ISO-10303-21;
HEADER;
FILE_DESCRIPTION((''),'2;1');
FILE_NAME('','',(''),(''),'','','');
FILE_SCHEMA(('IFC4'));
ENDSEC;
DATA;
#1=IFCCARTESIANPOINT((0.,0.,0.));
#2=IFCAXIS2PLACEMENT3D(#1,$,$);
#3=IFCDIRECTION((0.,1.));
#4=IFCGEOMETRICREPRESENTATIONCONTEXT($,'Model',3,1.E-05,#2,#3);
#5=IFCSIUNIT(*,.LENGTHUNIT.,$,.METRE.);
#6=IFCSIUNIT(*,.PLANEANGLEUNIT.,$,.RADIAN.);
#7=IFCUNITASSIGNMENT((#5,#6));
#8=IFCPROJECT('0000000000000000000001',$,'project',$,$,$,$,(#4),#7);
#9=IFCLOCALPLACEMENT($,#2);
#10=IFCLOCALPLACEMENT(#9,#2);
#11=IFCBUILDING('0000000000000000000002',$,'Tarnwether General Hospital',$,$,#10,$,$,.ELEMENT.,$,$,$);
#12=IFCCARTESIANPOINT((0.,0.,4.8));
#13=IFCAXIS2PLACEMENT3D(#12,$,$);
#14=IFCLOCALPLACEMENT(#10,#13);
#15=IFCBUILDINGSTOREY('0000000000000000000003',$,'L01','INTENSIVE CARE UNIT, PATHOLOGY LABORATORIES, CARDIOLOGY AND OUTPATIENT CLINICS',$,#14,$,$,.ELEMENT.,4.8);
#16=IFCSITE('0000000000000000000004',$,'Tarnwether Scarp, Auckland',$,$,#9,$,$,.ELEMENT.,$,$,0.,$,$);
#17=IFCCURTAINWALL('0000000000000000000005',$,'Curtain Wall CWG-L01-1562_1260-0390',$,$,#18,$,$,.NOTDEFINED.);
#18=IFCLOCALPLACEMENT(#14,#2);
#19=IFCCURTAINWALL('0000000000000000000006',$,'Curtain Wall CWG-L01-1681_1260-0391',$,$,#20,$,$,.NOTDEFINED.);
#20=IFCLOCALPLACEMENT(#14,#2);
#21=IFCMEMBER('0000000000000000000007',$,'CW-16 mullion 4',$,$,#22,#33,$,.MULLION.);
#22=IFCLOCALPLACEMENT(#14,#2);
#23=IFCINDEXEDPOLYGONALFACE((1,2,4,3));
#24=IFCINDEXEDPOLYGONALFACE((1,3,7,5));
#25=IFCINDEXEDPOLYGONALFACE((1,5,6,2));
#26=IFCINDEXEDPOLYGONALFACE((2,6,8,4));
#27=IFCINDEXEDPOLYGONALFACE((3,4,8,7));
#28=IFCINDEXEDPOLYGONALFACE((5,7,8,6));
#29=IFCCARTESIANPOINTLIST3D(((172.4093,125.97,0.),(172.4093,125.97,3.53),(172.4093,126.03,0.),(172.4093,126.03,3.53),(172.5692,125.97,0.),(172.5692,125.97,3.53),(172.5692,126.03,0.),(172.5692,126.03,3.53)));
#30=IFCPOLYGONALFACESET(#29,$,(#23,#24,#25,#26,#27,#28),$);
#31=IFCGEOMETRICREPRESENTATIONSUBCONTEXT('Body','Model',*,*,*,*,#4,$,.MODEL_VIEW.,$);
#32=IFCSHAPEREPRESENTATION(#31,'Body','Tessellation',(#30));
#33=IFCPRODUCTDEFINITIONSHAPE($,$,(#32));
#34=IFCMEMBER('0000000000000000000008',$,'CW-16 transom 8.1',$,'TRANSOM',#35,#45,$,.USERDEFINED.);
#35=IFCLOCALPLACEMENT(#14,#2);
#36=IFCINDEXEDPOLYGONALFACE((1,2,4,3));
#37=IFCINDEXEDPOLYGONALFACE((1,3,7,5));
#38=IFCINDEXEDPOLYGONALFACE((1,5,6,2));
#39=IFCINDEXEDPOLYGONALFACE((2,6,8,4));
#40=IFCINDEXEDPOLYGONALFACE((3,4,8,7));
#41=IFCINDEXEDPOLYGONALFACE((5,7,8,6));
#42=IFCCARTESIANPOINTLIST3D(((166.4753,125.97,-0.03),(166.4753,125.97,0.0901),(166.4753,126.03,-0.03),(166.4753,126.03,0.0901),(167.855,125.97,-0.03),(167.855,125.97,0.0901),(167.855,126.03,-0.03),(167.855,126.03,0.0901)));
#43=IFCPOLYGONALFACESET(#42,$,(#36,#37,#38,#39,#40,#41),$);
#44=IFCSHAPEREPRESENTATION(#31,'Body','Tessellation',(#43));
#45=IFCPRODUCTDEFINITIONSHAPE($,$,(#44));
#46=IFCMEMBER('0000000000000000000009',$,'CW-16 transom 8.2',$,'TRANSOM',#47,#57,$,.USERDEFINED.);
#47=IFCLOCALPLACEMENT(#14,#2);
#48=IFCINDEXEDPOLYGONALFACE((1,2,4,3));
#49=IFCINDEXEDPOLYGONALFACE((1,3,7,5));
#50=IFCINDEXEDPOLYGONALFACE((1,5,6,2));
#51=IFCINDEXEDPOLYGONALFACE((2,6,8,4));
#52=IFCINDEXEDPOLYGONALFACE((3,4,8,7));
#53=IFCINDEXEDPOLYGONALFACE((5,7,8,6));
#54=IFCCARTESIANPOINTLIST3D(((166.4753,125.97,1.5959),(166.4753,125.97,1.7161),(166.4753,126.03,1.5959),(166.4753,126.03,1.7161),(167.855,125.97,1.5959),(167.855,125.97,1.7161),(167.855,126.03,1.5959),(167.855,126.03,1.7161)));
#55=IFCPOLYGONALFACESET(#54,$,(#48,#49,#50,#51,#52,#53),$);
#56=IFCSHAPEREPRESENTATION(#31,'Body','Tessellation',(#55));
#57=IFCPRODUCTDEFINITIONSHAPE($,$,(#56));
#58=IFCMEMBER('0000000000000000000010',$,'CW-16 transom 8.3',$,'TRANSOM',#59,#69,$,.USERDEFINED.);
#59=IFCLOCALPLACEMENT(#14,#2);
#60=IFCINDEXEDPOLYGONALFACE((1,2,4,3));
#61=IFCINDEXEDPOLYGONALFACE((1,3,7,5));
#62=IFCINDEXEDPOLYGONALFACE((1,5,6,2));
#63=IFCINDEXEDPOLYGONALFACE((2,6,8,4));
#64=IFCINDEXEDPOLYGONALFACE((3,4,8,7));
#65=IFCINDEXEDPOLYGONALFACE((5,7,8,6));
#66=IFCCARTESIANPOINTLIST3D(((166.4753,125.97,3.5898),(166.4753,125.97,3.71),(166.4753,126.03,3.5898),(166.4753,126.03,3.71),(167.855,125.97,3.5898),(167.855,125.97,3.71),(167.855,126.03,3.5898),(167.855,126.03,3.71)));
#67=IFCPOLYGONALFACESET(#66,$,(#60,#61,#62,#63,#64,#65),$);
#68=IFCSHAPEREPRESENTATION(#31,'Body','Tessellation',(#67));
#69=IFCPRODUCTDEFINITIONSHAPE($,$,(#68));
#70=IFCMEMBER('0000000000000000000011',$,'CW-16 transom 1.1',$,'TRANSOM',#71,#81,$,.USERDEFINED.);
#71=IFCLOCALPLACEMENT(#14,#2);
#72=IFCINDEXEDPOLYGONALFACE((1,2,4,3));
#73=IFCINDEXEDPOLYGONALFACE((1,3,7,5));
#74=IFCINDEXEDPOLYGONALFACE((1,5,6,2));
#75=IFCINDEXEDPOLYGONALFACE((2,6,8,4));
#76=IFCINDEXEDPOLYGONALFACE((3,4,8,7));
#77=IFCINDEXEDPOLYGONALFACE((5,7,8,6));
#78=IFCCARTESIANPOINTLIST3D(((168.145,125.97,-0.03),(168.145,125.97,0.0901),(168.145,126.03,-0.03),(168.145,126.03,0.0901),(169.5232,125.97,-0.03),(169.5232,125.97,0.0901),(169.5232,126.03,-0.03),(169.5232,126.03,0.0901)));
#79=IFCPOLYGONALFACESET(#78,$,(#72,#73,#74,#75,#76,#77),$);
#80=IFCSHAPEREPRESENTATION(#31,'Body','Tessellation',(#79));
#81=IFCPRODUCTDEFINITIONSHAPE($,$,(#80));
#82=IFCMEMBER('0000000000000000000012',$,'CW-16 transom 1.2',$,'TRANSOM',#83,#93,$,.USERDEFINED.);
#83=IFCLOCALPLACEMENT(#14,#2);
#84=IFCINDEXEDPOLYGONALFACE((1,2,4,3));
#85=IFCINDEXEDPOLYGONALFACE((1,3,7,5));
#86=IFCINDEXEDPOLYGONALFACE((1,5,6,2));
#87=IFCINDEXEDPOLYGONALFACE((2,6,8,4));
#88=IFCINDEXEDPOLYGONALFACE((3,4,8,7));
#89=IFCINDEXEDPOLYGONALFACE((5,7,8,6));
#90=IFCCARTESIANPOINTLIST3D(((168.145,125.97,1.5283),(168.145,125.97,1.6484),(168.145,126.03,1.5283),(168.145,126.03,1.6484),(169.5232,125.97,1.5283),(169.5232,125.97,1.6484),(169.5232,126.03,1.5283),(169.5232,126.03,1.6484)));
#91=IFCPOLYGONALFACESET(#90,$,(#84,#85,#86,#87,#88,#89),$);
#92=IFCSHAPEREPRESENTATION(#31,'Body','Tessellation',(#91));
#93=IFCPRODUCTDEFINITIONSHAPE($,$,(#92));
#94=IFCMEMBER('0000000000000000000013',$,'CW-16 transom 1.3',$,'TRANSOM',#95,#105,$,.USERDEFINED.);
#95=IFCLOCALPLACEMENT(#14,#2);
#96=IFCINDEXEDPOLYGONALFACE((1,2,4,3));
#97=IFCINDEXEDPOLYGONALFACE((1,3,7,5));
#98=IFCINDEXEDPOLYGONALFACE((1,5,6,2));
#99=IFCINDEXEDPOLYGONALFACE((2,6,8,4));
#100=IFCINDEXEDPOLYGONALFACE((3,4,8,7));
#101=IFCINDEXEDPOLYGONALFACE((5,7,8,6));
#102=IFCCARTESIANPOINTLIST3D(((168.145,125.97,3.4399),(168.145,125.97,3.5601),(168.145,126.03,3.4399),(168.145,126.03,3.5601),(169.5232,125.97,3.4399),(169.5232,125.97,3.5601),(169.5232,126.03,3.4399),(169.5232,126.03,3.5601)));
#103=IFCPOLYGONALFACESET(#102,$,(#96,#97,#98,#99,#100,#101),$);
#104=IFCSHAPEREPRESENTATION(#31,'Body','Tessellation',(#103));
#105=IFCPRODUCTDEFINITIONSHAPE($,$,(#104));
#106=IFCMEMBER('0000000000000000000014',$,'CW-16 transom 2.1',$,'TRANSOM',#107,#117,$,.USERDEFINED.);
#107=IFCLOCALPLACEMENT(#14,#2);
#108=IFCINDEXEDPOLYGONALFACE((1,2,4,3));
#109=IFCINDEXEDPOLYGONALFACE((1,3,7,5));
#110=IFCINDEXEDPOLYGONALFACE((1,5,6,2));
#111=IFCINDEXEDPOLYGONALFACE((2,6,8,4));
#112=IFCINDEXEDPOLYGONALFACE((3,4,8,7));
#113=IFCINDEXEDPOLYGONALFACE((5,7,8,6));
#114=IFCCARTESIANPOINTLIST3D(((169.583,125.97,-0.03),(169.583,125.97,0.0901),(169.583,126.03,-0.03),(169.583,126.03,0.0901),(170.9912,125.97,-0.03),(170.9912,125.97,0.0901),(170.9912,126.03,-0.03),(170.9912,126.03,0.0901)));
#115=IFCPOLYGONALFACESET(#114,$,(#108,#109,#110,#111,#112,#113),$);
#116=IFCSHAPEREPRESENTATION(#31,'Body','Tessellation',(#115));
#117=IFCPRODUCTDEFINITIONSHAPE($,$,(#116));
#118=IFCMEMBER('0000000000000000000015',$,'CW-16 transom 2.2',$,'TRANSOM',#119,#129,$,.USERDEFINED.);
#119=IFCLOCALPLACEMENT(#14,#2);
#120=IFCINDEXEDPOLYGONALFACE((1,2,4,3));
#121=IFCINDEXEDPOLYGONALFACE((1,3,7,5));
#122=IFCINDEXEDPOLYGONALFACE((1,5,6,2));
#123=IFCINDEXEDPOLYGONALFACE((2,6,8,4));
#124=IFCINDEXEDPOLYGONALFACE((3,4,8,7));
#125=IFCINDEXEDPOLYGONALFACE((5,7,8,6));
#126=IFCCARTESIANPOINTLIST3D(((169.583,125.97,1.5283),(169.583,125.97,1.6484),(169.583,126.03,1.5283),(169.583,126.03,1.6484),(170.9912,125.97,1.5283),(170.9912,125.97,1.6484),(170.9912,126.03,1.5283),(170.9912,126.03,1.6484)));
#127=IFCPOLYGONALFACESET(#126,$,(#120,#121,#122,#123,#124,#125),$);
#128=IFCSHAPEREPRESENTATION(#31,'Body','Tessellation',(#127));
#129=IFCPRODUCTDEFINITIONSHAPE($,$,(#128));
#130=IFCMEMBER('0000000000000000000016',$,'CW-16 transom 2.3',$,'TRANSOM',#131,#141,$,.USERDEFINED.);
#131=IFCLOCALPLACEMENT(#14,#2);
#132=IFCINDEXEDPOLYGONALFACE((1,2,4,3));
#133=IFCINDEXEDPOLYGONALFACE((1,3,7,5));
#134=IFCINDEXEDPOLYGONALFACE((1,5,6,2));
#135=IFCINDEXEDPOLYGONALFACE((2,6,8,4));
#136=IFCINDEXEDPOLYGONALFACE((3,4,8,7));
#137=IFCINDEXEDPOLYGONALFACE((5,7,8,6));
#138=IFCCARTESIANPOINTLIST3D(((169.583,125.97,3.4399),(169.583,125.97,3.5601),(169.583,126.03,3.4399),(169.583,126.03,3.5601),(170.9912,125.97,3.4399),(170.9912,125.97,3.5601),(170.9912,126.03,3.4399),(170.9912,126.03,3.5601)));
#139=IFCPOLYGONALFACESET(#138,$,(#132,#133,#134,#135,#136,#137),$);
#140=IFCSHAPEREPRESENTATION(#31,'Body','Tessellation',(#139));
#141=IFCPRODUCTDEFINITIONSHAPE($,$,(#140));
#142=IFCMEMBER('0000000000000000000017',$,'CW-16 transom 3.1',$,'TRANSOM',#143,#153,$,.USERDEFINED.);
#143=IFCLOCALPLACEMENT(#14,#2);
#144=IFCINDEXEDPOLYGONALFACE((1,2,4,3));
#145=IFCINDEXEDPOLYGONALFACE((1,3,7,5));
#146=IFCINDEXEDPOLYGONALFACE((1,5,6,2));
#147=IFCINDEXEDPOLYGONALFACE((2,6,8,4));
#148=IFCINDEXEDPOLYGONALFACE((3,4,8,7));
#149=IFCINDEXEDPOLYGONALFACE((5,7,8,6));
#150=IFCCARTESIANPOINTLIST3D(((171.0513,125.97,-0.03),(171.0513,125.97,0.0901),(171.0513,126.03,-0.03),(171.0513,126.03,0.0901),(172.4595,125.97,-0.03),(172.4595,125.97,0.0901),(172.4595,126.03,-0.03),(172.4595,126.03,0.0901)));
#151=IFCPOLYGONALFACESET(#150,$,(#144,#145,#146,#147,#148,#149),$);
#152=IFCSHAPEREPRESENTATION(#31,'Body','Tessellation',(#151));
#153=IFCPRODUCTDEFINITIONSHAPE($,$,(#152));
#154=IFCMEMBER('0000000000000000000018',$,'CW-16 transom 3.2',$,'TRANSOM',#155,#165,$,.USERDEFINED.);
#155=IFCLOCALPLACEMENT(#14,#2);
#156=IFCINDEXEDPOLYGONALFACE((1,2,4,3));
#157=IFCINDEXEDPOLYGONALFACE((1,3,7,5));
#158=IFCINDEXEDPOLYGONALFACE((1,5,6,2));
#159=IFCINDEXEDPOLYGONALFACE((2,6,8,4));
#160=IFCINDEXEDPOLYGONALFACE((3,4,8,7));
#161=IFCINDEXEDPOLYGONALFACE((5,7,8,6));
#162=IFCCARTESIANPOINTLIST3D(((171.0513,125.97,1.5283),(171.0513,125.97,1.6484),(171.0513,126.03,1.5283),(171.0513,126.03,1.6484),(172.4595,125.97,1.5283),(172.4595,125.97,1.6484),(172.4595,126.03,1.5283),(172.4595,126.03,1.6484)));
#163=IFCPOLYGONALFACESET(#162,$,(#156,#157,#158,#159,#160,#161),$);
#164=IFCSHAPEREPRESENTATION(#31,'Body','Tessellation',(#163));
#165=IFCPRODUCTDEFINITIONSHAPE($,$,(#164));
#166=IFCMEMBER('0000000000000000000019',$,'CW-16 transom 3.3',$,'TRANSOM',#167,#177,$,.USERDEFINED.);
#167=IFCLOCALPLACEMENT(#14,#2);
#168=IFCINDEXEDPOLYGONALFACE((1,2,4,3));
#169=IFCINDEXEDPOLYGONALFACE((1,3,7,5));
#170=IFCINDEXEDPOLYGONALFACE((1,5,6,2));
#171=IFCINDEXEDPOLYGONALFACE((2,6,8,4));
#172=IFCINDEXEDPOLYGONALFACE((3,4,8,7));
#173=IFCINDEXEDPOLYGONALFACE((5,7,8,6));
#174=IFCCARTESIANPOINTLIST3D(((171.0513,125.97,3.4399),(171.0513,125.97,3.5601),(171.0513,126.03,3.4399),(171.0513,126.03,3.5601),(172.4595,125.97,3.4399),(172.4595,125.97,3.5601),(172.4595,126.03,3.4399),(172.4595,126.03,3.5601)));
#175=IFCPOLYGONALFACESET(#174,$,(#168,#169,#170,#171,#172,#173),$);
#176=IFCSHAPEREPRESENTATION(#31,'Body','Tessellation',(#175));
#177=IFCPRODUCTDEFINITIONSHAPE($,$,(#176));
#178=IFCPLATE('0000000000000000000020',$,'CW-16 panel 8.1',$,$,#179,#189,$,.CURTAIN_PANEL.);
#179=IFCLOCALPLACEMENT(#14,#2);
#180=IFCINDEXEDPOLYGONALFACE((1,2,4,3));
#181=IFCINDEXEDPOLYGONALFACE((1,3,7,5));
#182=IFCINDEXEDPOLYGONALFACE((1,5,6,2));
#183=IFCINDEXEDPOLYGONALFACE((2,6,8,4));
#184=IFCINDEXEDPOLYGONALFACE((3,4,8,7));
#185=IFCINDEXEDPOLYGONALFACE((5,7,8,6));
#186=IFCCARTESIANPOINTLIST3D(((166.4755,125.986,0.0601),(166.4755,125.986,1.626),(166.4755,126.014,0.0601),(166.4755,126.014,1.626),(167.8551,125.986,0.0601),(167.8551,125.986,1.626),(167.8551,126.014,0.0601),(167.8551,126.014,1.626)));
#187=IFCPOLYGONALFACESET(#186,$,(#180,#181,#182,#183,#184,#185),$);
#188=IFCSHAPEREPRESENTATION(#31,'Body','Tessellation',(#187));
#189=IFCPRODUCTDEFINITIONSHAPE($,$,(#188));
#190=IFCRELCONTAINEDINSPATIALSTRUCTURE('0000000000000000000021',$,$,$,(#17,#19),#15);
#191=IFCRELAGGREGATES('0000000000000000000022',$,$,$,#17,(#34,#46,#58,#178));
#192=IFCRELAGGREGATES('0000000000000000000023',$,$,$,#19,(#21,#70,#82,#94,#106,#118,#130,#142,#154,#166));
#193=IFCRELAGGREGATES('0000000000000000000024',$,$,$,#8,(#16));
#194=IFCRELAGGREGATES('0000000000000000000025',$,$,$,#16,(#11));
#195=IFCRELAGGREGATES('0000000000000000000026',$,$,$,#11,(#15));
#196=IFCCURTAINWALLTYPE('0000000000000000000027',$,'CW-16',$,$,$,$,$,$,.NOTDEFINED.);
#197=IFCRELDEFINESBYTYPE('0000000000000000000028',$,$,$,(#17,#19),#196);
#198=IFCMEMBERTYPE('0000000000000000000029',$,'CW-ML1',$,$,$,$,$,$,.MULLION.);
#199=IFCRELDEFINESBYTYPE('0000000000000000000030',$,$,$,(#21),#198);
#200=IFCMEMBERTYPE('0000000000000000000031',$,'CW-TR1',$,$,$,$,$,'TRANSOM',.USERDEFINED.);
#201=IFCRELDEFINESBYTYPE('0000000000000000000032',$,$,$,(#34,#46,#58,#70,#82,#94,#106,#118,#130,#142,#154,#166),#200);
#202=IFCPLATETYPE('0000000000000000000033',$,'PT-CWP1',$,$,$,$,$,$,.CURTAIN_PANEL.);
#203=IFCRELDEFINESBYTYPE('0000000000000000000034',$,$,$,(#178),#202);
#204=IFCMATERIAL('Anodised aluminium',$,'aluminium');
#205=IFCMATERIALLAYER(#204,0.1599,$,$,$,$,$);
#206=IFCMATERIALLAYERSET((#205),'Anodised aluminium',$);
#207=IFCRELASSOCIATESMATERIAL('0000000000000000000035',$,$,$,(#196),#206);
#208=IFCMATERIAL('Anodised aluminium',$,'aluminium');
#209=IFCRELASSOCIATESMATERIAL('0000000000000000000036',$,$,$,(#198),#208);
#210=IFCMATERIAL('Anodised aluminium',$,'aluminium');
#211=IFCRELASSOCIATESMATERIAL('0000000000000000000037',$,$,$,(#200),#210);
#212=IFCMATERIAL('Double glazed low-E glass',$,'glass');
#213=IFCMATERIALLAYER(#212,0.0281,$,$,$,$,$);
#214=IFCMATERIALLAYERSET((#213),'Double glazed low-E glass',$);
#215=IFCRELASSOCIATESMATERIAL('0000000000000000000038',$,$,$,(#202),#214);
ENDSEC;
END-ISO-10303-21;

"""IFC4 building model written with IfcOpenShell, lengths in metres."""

from ifc_helpers import new_model, si_unit, direction, frame, origin, origin_2d, place, context, subcontext, project, spatial, rectangle, extrude, material, layer, layer_set, material_profile, profile_set, type_object, element, aggregate, save


model = new_model("IFC4")

# Units and contexts
model_context = context("Model", 3, precision=1e-05, world=origin(), true_north=direction((0.0, 1.0)))
body_context = subcontext(model_context, "Body", "Model", "MODEL_VIEW")
ifc_project = project(units=[si_unit("LENGTHUNIT", "METRE"), si_unit("PLANEANGLEUNIT", "RADIAN")], contexts=[model_context])

# Site, building, storey
site_placement = place(None, origin())
site = spatial("IfcSite", under=ifc_project, at=site_placement, Name="Tarnwether Scarp, Auckland", CompositionType="ELEMENT", RefElevation=0.0)
building_placement = place(site_placement, origin())
building = spatial("IfcBuilding", under=site, at=building_placement, Name="Tarnwether General Hospital", CompositionType="ELEMENT")
storey_placement = place(building_placement, frame((0.0, 0.0, 4.8)))
storey = spatial("IfcBuildingStorey", under=building, at=storey_placement, Name="L01", Description="INTENSIVE CARE UNIT, PATHOLOGY LABORATORIES, CARDIOLOGY AND OUTPATIENT CLINICS", CompositionType="ELEMENT", Elevation=4.8)

# Curtain walls, member
ifc_material_1 = material(Name="Anodised aluminium", Category="aluminium")
ifc_layer_1 = layer(ifc_material_1, 0.1599)
ifc_layer_set_1 = layer_set([ifc_layer_1], Name="Anodised aluminium")
curtain_wall_type = type_object("IfcCurtainWallType", Name="CW-16", PredefinedType="NOTDEFINED", material=ifc_layer_set_1)
curtain_wall_1_placement = place(storey_placement, origin())
curtain_wall_1 = element("IfcCurtainWall", 1, at=curtain_wall_1_placement, inside=storey, type_object=curtain_wall_type, Name="Curtain Wall CWG-L01-1562_1260-0390", PredefinedType="NOTDEFINED")
ifc_material_2 = material(Name="Anodised aluminium", Category="aluminium")
ifc_material_profile_1 = material_profile(ifc_material_2, rectangle(XDim=0.0601, YDim=0.1599, at=origin_2d()), Name="ALU-MUL-60x160")
ifc_profile_set_1 = profile_set([ifc_material_profile_1], Name="Anodised aluminium")
member_type_1 = type_object("IfcMemberType", Name="CW-ML1", PredefinedType="MULLION", material=ifc_profile_set_1)
curtain_wall_2_placement = place(storey_placement, origin())
curtain_wall_2 = element("IfcCurtainWall", 2, at=curtain_wall_2_placement, inside=storey, type_object=curtain_wall_type, Name="Curtain Wall CWG-L01-1681_1260-0391", PredefinedType="NOTDEFINED")
member_1_placement = place(storey_placement, frame((172.4893, 126.0, 0.0), z_axis=(0.0, 0.0, 1.0), x_axis=(0.0, 1.0, 0.0)))
member_1 = element("IfcMember", 3, at=member_1_placement, type_object=member_type_1, Name="CW-16 mullion 4", PredefinedType="MULLION", context=body_context, shape_type="SweptSolid", body=[
    extrude(rectangle(XDim=0.0601, YDim=0.1599, at=origin_2d()), origin(), (0.0, 0.0, 1.0), 3.53),
])

# Members
ifc_material_3 = material(Name="Anodised aluminium", Category="aluminium")
ifc_material_profile_2 = material_profile(ifc_material_3, rectangle(XDim=0.0601, YDim=0.1201, at=origin_2d()), Name="ALU-TRN-60x120")
ifc_profile_set_2 = profile_set([ifc_material_profile_2], Name="Anodised aluminium")
member_type_2 = type_object("IfcMemberType", Name="CW-TR1", ElementType="TRANSOM", PredefinedType="USERDEFINED", material=ifc_profile_set_2)
member_2_placement = place(storey_placement, frame((166.4753, 126.0, 0.03), z_axis=(1.0, 0.0, 0.0), x_axis=(0.0, 1.0, 0.0)))
member_2 = element("IfcMember", 4, at=member_2_placement, type_object=member_type_2, Name="CW-16 transom 8.1", ObjectType="TRANSOM", PredefinedType="USERDEFINED", context=body_context, shape_type="SweptSolid", body=[
    extrude(rectangle(XDim=0.0601, YDim=0.1201, at=origin_2d()), origin(), (0.0, 0.0, 1.0), 1.3796),
])
member_3_placement = place(storey_placement, frame((166.4753, 126.0, 1.656), z_axis=(1.0, 0.0, 0.0), x_axis=(0.0, 1.0, 0.0)))
member_3 = element("IfcMember", 5, at=member_3_placement, type_object=member_type_2, Name="CW-16 transom 8.2", ObjectType="TRANSOM", PredefinedType="USERDEFINED", context=body_context, shape_type="SweptSolid", body=[
    extrude(rectangle(XDim=0.0601, YDim=0.1201, at=origin_2d()), origin(), (0.0, 0.0, 1.0), 1.3796),
])
member_4_placement = place(storey_placement, frame((166.4753, 126.0, 3.6499), z_axis=(1.0, 0.0, 0.0), x_axis=(0.0, 1.0, 0.0)))
member_4 = element("IfcMember", 6, at=member_4_placement, type_object=member_type_2, Name="CW-16 transom 8.3", ObjectType="TRANSOM", PredefinedType="USERDEFINED", context=body_context, shape_type="SweptSolid", body=[
    extrude(rectangle(XDim=0.0601, YDim=0.1201, at=origin_2d()), origin(), (0.0, 0.0, 1.0), 1.3796),
])
member_5_placement = place(storey_placement, frame((168.145, 126.0, 0.03), z_axis=(1.0, 0.0, 0.0), x_axis=(0.0, 1.0, 0.0)))
member_5 = element("IfcMember", 7, at=member_5_placement, type_object=member_type_2, Name="CW-16 transom 1.1", ObjectType="TRANSOM", PredefinedType="USERDEFINED", context=body_context, shape_type="SweptSolid", body=[
    extrude(rectangle(XDim=0.0601, YDim=0.1201, at=origin_2d()), origin(), (0.0, 0.0, 1.0), 1.3782),
])
member_6_placement = place(storey_placement, frame((168.145, 126.0, 1.5884), z_axis=(1.0, 0.0, 0.0), x_axis=(0.0, 1.0, 0.0)))
member_6 = element("IfcMember", 8, at=member_6_placement, type_object=member_type_2, Name="CW-16 transom 1.2", ObjectType="TRANSOM", PredefinedType="USERDEFINED", context=body_context, shape_type="SweptSolid", body=[
    extrude(rectangle(XDim=0.0601, YDim=0.1201, at=origin_2d()), origin(), (0.0, 0.0, 1.0), 1.3782),
])
member_7_placement = place(storey_placement, frame((168.145, 126.0, 3.5), z_axis=(1.0, 0.0, 0.0), x_axis=(0.0, 1.0, 0.0)))
member_7 = element("IfcMember", 9, at=member_7_placement, type_object=member_type_2, Name="CW-16 transom 1.3", ObjectType="TRANSOM", PredefinedType="USERDEFINED", context=body_context, shape_type="SweptSolid", body=[
    extrude(rectangle(XDim=0.0601, YDim=0.1201, at=origin_2d()), origin(), (0.0, 0.0, 1.0), 1.3782),
])
member_8_placement = place(storey_placement, frame((169.583, 126.0, 0.03), z_axis=(1.0, 0.0, 0.0), x_axis=(0.0, 1.0, 0.0)))
member_8 = element("IfcMember", 10, at=member_8_placement, type_object=member_type_2, Name="CW-16 transom 2.1", ObjectType="TRANSOM", PredefinedType="USERDEFINED", context=body_context, shape_type="SweptSolid", body=[
    extrude(rectangle(XDim=0.0601, YDim=0.1201, at=origin_2d()), origin(), (0.0, 0.0, 1.0), 1.4082),
])
member_9_placement = place(storey_placement, frame((169.583, 126.0, 1.5884), z_axis=(1.0, 0.0, 0.0), x_axis=(0.0, 1.0, 0.0)))
member_9 = element("IfcMember", 11, at=member_9_placement, type_object=member_type_2, Name="CW-16 transom 2.2", ObjectType="TRANSOM", PredefinedType="USERDEFINED", context=body_context, shape_type="SweptSolid", body=[
    extrude(rectangle(XDim=0.0601, YDim=0.1201, at=origin_2d()), origin(), (0.0, 0.0, 1.0), 1.4082),
])
member_10_placement = place(storey_placement, frame((169.583, 126.0, 3.5), z_axis=(1.0, 0.0, 0.0), x_axis=(0.0, 1.0, 0.0)))
member_10 = element("IfcMember", 12, at=member_10_placement, type_object=member_type_2, Name="CW-16 transom 2.3", ObjectType="TRANSOM", PredefinedType="USERDEFINED", context=body_context, shape_type="SweptSolid", body=[
    extrude(rectangle(XDim=0.0601, YDim=0.1201, at=origin_2d()), origin(), (0.0, 0.0, 1.0), 1.4082),
])
member_11_placement = place(storey_placement, frame((171.0513, 126.0, 0.03), z_axis=(1.0, 0.0, 0.0), x_axis=(0.0, 1.0, 0.0)))
member_11 = element("IfcMember", 13, at=member_11_placement, type_object=member_type_2, Name="CW-16 transom 3.1", ObjectType="TRANSOM", PredefinedType="USERDEFINED", context=body_context, shape_type="SweptSolid", body=[
    extrude(rectangle(XDim=0.0601, YDim=0.1201, at=origin_2d()), origin(), (0.0, 0.0, 1.0), 1.4082),
])
member_12_placement = place(storey_placement, frame((171.0513, 126.0, 1.5884), z_axis=(1.0, 0.0, 0.0), x_axis=(0.0, 1.0, 0.0)))
member_12 = element("IfcMember", 14, at=member_12_placement, type_object=member_type_2, Name="CW-16 transom 3.2", ObjectType="TRANSOM", PredefinedType="USERDEFINED", context=body_context, shape_type="SweptSolid", body=[
    extrude(rectangle(XDim=0.0601, YDim=0.1201, at=origin_2d()), origin(), (0.0, 0.0, 1.0), 1.4082),
])
member_13_placement = place(storey_placement, frame((171.0513, 126.0, 3.5), z_axis=(1.0, 0.0, 0.0), x_axis=(0.0, 1.0, 0.0)))
member_13 = element("IfcMember", 15, at=member_13_placement, type_object=member_type_2, Name="CW-16 transom 3.3", ObjectType="TRANSOM", PredefinedType="USERDEFINED", context=body_context, shape_type="SweptSolid", body=[
    extrude(rectangle(XDim=0.0601, YDim=0.1201, at=origin_2d()), origin(), (0.0, 0.0, 1.0), 1.4082),
])

# Plate
ifc_material_4 = material(Name="Double glazed low-E glass", Category="glass")
ifc_layer_2 = layer(ifc_material_4, 0.0281)
ifc_layer_set_2 = layer_set([ifc_layer_2], Name="Double glazed low-E glass")
plate_type_1 = type_object("IfcPlateType", Name="PT-CWP1", PredefinedType="CURTAIN_PANEL", material=ifc_layer_set_2)
plate_1_placement = place(storey_placement, frame((167.1653, 126.0, 0.0601), z_axis=(0.0, 0.0, 1.0), x_axis=(1.0, 0.0, 0.0)))
plate_1 = element("IfcPlate", 16, at=plate_1_placement, type_object=plate_type_1, Name="CW-16 panel 8.1", PredefinedType="CURTAIN_PANEL", context=body_context, shape_type="SweptSolid", body=[
    extrude(rectangle(XDim=1.3796, YDim=0.0281, at=origin_2d()), origin(), (0.0, 0.0, 1.0), 1.5659),
])
aggregate(curtain_wall_1, [member_2, member_3, member_4, plate_1])
aggregate(curtain_wall_2, [member_1, member_5, member_6, member_7, member_8, member_9, member_10, member_11, member_12, member_13])

save(model, "model.ifc")
